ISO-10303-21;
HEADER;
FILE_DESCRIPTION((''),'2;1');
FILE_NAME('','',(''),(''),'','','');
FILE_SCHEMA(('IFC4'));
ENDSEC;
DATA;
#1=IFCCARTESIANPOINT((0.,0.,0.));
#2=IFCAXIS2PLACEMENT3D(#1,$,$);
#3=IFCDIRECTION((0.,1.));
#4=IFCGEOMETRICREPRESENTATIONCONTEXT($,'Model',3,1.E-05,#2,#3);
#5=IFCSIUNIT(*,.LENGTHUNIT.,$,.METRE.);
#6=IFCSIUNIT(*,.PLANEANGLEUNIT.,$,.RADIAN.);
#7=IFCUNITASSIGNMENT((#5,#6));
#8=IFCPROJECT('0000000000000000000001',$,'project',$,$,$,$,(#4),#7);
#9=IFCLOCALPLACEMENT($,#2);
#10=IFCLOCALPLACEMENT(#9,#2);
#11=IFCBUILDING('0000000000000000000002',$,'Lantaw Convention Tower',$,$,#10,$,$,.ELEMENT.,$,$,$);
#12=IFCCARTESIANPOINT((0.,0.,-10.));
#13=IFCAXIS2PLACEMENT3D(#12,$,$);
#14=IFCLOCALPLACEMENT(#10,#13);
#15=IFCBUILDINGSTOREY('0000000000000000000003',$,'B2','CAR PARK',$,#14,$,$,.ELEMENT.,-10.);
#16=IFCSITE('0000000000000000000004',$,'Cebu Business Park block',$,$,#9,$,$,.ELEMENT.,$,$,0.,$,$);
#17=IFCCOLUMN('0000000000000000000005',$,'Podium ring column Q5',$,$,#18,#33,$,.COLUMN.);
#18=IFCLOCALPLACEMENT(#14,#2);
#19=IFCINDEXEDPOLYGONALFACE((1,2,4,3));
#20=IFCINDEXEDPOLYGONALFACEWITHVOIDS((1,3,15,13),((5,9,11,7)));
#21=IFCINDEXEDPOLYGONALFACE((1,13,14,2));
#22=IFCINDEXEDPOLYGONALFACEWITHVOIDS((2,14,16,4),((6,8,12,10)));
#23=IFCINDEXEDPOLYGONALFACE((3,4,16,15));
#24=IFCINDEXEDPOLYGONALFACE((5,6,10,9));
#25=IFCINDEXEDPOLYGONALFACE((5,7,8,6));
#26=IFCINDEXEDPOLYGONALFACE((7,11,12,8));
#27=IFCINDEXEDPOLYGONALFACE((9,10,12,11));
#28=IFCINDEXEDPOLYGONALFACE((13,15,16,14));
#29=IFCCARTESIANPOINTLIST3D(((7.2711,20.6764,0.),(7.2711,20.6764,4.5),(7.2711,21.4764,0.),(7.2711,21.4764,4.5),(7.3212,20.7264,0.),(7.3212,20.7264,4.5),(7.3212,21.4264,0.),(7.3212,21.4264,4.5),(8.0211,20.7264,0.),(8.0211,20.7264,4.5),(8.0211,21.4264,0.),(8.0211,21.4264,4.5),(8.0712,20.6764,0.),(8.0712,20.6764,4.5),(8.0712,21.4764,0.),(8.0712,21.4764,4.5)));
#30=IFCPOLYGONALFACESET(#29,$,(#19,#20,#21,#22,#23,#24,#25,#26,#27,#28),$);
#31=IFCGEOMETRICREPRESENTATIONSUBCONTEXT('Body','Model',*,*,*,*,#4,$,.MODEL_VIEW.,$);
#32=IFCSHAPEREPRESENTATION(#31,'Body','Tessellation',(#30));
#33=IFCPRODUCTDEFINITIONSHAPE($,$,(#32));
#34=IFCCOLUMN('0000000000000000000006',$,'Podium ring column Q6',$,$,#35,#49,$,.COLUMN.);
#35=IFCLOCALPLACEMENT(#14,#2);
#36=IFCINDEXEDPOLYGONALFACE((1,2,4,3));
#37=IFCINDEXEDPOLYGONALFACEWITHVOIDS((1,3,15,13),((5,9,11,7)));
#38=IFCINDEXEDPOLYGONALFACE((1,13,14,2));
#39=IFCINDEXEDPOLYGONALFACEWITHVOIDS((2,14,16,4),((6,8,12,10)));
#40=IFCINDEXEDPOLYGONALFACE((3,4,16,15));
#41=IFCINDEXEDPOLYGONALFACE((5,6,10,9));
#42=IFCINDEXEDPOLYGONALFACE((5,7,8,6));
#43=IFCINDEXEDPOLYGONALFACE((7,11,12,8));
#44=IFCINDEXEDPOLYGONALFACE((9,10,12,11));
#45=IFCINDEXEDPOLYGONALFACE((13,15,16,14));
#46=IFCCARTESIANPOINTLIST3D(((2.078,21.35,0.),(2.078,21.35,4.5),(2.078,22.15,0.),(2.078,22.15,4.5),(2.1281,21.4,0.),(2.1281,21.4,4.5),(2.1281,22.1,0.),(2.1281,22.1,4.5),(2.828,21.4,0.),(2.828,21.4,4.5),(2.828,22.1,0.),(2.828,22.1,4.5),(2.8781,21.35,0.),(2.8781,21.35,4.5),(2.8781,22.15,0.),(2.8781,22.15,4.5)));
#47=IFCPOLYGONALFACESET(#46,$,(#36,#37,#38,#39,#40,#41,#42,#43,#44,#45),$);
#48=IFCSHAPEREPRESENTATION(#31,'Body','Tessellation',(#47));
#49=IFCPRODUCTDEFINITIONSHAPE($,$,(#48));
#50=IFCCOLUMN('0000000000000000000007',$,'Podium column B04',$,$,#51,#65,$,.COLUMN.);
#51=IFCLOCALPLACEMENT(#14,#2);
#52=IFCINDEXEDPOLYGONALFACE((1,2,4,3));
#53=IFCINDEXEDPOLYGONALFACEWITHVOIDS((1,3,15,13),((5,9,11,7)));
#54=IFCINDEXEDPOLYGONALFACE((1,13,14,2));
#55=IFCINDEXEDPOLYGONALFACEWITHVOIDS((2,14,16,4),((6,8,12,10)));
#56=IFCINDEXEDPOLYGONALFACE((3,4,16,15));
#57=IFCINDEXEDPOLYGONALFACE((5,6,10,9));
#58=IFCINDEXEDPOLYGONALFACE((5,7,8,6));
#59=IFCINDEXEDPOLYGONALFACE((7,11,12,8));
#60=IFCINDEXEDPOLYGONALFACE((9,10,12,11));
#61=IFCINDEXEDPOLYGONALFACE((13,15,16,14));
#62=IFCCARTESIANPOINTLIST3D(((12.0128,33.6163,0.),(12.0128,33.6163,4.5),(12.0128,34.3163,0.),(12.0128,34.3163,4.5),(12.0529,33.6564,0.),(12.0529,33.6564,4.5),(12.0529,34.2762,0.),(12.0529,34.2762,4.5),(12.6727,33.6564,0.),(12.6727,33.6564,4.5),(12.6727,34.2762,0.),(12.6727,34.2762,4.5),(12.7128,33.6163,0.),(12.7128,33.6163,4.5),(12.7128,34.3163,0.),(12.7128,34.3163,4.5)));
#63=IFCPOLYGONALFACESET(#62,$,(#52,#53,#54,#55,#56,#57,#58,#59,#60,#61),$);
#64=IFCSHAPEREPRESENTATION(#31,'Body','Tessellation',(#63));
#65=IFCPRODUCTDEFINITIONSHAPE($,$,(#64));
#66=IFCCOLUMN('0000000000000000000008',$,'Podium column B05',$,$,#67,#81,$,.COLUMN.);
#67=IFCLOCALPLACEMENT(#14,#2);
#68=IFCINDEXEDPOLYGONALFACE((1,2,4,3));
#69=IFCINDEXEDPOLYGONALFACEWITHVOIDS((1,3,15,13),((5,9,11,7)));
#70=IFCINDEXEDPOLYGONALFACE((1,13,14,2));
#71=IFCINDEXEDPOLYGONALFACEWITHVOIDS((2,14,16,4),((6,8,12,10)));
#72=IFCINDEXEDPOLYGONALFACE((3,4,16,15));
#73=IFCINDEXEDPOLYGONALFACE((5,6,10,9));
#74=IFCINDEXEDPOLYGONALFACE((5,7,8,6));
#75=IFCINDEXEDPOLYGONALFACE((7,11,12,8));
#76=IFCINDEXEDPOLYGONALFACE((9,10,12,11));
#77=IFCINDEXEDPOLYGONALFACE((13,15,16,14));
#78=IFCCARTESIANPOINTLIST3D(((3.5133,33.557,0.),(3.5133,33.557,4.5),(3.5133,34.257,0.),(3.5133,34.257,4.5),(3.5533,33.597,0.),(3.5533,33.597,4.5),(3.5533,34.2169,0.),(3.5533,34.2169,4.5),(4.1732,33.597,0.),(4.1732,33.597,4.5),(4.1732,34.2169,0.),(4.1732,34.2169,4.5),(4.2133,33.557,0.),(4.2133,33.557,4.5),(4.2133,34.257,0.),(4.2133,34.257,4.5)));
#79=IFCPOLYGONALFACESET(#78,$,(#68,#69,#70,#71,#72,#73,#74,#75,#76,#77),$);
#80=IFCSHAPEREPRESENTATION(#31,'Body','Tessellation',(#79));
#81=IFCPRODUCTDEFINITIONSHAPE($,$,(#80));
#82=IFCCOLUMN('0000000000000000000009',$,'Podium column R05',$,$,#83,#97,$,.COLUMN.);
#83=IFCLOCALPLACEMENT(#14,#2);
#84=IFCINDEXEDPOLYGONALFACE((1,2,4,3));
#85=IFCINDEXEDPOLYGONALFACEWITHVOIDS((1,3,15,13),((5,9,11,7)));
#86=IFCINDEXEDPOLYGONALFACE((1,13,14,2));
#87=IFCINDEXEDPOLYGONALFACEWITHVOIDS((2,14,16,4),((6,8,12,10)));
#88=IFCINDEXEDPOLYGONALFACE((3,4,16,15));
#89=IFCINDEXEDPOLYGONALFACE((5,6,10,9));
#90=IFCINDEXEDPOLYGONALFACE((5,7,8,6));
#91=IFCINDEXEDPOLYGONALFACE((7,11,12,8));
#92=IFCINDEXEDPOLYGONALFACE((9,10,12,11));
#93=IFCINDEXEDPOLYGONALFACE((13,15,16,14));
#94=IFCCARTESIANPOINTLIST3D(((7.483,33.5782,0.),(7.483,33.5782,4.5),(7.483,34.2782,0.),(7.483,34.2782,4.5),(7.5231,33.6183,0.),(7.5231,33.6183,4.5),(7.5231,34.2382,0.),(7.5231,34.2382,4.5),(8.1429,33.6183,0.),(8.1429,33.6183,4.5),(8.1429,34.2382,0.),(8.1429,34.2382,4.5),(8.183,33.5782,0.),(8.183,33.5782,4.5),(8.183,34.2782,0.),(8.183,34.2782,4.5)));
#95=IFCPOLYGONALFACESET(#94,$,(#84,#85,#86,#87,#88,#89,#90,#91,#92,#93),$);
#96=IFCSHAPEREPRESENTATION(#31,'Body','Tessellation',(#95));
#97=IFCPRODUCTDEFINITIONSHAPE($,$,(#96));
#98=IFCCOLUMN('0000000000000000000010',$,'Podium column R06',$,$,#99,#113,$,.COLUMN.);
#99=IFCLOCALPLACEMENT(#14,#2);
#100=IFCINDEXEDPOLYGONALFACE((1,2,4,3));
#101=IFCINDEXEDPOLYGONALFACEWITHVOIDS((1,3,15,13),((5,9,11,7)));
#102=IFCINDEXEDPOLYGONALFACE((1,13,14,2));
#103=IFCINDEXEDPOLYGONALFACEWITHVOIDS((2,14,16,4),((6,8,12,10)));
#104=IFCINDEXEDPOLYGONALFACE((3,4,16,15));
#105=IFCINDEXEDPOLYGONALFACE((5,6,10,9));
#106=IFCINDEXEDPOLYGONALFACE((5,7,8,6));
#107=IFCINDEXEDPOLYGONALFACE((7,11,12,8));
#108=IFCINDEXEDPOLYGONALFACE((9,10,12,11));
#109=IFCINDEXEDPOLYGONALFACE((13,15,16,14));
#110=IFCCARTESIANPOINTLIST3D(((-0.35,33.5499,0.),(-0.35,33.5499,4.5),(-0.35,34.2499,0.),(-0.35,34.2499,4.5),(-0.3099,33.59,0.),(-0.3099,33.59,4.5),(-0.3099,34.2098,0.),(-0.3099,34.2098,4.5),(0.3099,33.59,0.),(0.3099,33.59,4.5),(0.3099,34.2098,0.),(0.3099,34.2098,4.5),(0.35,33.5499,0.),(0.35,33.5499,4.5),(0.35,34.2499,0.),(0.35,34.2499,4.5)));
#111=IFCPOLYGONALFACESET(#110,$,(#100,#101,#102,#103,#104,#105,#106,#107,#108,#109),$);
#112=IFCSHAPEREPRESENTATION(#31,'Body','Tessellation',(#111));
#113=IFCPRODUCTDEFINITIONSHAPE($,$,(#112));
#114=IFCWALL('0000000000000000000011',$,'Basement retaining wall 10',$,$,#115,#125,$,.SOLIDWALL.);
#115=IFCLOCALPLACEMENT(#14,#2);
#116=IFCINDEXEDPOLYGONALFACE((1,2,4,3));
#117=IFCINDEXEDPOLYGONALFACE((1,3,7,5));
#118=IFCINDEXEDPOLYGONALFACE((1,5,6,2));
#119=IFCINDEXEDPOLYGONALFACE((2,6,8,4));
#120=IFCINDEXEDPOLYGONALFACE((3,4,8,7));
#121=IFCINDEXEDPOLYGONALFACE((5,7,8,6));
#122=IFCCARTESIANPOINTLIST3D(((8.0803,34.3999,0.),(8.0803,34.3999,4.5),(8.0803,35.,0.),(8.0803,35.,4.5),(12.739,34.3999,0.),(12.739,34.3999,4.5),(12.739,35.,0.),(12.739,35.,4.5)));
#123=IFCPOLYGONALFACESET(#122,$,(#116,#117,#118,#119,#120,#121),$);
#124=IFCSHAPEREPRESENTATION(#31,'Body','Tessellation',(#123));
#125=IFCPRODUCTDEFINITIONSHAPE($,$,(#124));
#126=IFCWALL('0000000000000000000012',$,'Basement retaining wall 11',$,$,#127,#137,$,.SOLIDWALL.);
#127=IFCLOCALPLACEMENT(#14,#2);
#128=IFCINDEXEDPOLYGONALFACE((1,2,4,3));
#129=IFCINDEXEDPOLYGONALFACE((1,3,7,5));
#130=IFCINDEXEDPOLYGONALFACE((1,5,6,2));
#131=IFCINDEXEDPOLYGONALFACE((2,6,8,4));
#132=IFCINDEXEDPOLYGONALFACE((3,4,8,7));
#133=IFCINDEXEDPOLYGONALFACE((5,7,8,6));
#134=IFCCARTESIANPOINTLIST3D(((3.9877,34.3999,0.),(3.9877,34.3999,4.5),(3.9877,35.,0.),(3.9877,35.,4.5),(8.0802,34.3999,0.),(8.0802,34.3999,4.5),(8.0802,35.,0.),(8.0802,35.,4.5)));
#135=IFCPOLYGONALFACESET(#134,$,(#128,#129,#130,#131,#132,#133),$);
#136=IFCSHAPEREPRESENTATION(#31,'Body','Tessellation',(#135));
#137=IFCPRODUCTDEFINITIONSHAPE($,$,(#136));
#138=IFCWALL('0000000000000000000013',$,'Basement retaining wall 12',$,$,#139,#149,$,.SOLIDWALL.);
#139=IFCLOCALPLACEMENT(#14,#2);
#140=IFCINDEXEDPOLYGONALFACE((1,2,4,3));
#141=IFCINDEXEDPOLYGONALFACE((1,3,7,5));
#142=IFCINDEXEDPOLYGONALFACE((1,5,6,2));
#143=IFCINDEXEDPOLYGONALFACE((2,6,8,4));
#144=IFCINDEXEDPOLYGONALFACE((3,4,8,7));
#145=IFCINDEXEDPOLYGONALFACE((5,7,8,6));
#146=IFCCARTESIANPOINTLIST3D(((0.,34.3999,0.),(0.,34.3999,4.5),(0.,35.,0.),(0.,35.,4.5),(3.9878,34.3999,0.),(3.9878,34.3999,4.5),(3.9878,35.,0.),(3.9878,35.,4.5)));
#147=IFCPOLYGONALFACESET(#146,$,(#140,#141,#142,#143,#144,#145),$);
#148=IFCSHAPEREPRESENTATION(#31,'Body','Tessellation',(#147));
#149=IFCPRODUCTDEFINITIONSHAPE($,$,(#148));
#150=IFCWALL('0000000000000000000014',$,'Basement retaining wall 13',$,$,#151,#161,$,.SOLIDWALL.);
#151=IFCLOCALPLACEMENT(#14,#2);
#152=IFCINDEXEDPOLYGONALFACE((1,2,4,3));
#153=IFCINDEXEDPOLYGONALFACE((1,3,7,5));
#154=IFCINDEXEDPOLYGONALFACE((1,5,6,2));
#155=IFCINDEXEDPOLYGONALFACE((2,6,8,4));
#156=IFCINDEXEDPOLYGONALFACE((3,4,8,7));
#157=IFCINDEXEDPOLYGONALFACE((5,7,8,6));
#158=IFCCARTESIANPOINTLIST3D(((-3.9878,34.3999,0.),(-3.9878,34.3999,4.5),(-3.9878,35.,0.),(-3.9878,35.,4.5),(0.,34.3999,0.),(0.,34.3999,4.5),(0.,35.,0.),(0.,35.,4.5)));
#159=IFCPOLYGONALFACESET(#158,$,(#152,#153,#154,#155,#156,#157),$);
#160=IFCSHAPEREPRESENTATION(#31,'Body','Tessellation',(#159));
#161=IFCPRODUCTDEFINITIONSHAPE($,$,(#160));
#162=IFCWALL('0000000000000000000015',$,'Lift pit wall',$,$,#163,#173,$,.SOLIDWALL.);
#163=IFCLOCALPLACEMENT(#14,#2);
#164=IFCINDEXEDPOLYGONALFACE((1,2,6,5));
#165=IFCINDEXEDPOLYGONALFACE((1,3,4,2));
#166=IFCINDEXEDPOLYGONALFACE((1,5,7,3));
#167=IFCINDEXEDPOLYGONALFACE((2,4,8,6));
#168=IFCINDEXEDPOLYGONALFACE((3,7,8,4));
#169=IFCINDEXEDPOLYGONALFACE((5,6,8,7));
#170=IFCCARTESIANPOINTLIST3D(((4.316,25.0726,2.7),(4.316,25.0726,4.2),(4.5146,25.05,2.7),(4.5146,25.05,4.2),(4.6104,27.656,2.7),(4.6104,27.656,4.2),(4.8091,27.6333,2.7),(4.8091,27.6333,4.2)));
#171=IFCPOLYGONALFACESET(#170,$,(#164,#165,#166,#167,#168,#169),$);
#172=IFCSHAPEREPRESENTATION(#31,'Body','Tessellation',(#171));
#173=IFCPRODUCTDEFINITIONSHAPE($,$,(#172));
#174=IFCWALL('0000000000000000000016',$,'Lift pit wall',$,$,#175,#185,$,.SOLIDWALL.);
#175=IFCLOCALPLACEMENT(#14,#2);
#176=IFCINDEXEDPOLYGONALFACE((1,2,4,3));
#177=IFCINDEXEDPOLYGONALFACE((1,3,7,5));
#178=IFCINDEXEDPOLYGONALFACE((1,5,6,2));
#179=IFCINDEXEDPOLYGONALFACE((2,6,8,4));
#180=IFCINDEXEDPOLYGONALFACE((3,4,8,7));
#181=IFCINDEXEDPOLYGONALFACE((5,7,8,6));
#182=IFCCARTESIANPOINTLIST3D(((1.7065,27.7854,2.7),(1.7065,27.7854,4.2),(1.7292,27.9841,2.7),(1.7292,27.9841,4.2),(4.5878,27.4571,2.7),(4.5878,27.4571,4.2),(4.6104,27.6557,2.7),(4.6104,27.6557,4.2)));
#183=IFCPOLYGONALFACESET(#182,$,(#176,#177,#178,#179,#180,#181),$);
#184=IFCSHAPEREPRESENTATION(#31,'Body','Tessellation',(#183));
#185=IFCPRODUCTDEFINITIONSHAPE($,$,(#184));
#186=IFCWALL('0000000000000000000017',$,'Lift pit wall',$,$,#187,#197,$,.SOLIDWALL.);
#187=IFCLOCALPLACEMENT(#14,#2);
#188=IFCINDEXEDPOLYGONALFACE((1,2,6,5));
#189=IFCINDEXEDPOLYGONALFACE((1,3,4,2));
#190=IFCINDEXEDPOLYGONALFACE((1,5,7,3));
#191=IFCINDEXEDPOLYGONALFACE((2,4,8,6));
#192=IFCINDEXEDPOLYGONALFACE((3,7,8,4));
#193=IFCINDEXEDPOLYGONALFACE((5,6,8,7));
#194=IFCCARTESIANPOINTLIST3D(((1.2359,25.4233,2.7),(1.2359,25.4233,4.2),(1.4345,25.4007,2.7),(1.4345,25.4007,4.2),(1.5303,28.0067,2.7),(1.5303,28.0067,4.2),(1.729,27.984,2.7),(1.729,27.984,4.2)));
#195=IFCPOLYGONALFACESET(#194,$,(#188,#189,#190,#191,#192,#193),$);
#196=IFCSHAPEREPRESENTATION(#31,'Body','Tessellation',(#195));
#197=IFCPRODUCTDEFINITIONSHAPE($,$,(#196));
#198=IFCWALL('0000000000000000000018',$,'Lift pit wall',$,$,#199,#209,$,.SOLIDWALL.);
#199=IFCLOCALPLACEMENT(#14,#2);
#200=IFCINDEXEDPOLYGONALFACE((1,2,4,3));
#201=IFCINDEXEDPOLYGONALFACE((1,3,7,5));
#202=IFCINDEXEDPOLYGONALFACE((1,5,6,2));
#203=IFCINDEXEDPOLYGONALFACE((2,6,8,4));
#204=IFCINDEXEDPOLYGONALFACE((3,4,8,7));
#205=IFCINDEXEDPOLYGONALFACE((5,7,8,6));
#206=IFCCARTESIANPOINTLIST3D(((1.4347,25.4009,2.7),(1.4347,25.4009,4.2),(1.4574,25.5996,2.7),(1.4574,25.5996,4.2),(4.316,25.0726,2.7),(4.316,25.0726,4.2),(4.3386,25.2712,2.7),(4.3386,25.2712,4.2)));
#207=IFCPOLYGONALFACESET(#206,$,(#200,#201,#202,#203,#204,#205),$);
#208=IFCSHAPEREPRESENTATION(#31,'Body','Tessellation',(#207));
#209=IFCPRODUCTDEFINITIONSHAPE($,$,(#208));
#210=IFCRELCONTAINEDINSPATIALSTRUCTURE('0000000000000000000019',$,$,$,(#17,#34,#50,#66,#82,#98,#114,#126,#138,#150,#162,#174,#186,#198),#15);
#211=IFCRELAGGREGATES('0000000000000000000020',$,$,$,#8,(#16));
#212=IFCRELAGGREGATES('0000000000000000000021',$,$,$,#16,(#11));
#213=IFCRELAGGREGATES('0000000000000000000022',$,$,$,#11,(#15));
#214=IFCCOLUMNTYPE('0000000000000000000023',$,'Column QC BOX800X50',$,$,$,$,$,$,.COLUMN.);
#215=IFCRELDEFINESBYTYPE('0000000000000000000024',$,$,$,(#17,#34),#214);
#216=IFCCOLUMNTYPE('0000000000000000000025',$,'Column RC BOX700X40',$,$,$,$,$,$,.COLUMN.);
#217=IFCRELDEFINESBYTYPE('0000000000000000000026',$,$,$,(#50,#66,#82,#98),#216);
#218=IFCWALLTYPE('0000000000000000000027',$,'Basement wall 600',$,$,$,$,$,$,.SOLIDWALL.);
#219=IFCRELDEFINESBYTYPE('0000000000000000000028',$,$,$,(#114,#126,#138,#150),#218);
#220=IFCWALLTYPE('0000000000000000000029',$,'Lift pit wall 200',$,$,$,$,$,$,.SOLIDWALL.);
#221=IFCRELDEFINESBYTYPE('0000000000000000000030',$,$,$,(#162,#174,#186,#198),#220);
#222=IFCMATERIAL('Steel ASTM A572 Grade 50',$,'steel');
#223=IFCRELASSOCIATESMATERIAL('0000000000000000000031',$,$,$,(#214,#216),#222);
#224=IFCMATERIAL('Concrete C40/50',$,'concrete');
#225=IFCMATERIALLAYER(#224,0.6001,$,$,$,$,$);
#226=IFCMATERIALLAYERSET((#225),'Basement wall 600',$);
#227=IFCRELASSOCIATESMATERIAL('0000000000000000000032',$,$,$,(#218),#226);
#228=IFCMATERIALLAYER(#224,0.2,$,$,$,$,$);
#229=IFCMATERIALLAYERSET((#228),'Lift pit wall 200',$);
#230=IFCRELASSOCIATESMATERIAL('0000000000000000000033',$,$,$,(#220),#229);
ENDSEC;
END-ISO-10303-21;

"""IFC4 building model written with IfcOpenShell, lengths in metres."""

from ifc_helpers import new_model, si_unit, direction, frame, frame_2d, origin, origin_2d, place, context, subcontext, project, spatial, rectangle, hollow_rectangle, extrude, material, layer, layer_set, material_profile, profile_set, type_object, element, save


model = new_model("IFC4")

# Units and contexts
model_context = context("Model", 3, precision=1e-05, world=origin(), true_north=direction((0.0, 1.0)))
body_context = subcontext(model_context, "Body", "Model", "MODEL_VIEW")
ifc_project = project(units=[si_unit("LENGTHUNIT", "METRE"), si_unit("PLANEANGLEUNIT", "RADIAN")], contexts=[model_context])

# Site, building, storey
site_placement = place(None, origin())
site = spatial("IfcSite", under=ifc_project, at=site_placement, Name="Cebu Business Park block", CompositionType="ELEMENT", RefElevation=0.0)
building_placement = place(site_placement, origin())
building = spatial("IfcBuilding", under=site, at=building_placement, Name="Lantaw Convention Tower", CompositionType="ELEMENT")
storey_placement = place(building_placement, frame((0.0, 0.0, -10.0)))
storey = spatial("IfcBuildingStorey", under=building, at=storey_placement, Name="B2", Description="CAR PARK", CompositionType="ELEMENT", Elevation=-10.0)

# Columns
ifc_material_1 = material(Name="Steel ASTM A572 Grade 50", Category="steel")
ifc_material_profile_1 = material_profile(ifc_material_1, hollow_rectangle(XDim=0.8, YDim=0.8, WallThickness=0.05, at=origin_2d()), Name="BOX800X50")
ifc_profile_set_1 = profile_set([ifc_material_profile_1], Name="Steel ASTM A572 Grade 50")
column_type_1 = type_object("IfcColumnType", Name="Column QC BOX800X50", PredefinedType="COLUMN", material=ifc_profile_set_1)
for number, where, z_axis, x_axis, name in (
    (1, (7.6711, 21.0764, 0.0), (0.0, 0.0, 1.0), (1.0, 0.0, 0.0), "Podium ring column Q5"),
    (2, (2.478, 21.75, 0.0), (0.0, 0.0, 1.0), (1.0, 0.0, 0.0), "Podium ring column Q6"),
):
    element("IfcColumn", number, at=place(storey_placement, frame(where, z_axis=z_axis, x_axis=x_axis)), inside=storey, type_object=column_type_1, Name=name, PredefinedType="COLUMN", context=body_context, shape_type="SweptSolid", body=[
        extrude(hollow_rectangle(XDim=0.8, YDim=0.8, WallThickness=0.05, at=origin_2d()), origin(), (0.0, 0.0, 1.0), 4.5),
    ])
ifc_material_profile_2 = material_profile(ifc_material_1, hollow_rectangle(XDim=0.7, YDim=0.7, WallThickness=0.04, at=origin_2d()), Name="BOX700X40")
ifc_profile_set_2 = profile_set([ifc_material_profile_2], Name="Steel ASTM A572 Grade 50")
column_type_2 = type_object("IfcColumnType", Name="Column RC BOX700X40", PredefinedType="COLUMN", material=ifc_profile_set_2)
for number, where, z_axis, x_axis, name in (
    (3, (12.3628, 33.9663, 0.0), (0.0, 0.0, 1.0), (1.0, 0.0, 0.0), "Podium column B04"),
    (4, (3.8633, 33.907, 0.0), (0.0, 0.0, 1.0), (1.0, 0.0, 0.0), "Podium column B05"),
    (5, (7.833, 33.9282, 0.0), (0.0, 0.0, 1.0), (1.0, 0.0, 0.0), "Podium column R05"),
    (6, (0.0, 33.8999, 0.0), (0.0, 0.0, 1.0), (1.0, 0.0, 0.0), "Podium column R06"),
):
    element("IfcColumn", number, at=place(storey_placement, frame(where, z_axis=z_axis, x_axis=x_axis)), inside=storey, type_object=column_type_2, Name=name, PredefinedType="COLUMN", context=body_context, shape_type="SweptSolid", body=[
        extrude(hollow_rectangle(XDim=0.7, YDim=0.7, WallThickness=0.04, at=origin_2d()), origin(), (0.0, 0.0, 1.0), 4.5),
    ])

# Walls
ifc_material_2 = material(Name="Concrete C40/50", Category="concrete")
ifc_layer_1 = layer(ifc_material_2, 0.6001)
ifc_layer_set_1 = layer_set([ifc_layer_1], Name="Basement wall 600")
wall_type_1 = type_object("IfcWallType", Name="Basement wall 600", PredefinedType="SOLIDWALL", material=ifc_layer_set_1)
wall_1_placement = place(storey_placement, frame((12.739, 34.7, 0.0), z_axis=(0.0, 0.0, 1.0), x_axis=(-1.0, 0.0, 0.0)))
element("IfcWall", 7, at=wall_1_placement, inside=storey, type_object=wall_type_1, Name="Basement retaining wall 10", PredefinedType="SOLIDWALL", context=body_context, shape_type="SweptSolid", body=[
    extrude(rectangle(XDim=4.6587, YDim=0.6001, at=frame_2d((2.3293, 0.0))), origin(), (0.0, 0.0, 1.0), 4.5),
])
wall_2_placement = place(storey_placement, frame((8.0803, 34.7, 0.0), z_axis=(0.0, 0.0, 1.0), x_axis=(-1.0, 0.0, 0.0)))
element("IfcWall", 8, at=wall_2_placement, inside=storey, type_object=wall_type_1, Name="Basement retaining wall 11", PredefinedType="SOLIDWALL", context=body_context, shape_type="SweptSolid", body=[
    extrude(rectangle(XDim=4.0925, YDim=0.6001, at=frame_2d((2.0464, 0.0))), origin(), (0.0, 0.0, 1.0), 4.5),
])
for number, where, z_axis, x_axis, name in (
    (9, (3.9878, 34.7, 0.0), (0.0, 0.0, 1.0), (-1.0, 0.0, 0.0), "Basement retaining wall 12"),
    (10, (0.0, 34.7, 0.0), (0.0, 0.0, 1.0), (-1.0, 0.0, 0.0), "Basement retaining wall 13"),
):
    element("IfcWall", number, at=place(storey_placement, frame(where, z_axis=z_axis, x_axis=x_axis)), inside=storey, type_object=wall_type_1, Name=name, PredefinedType="SOLIDWALL", context=body_context, shape_type="SweptSolid", body=[
        extrude(rectangle(XDim=3.9878, YDim=0.6001, at=frame_2d((1.9939, 0.0))), origin(), (0.0, 0.0, 1.0), 4.5),
    ])
ifc_layer_2 = layer(ifc_material_2, 0.2)
ifc_layer_set_2 = layer_set([ifc_layer_2], Name="Lift pit wall 200")
wall_type_2 = type_object("IfcWallType", Name="Lift pit wall 200", PredefinedType="SOLIDWALL", material=ifc_layer_set_2)
wall_3_placement = place(storey_placement, frame((4.4153, 25.0613, 2.7), z_axis=(0.0, 0.0, 1.0), x_axis=(0.113245, 0.993567, 0.0)))
element("IfcWall", 11, at=wall_3_placement, inside=storey, type_object=wall_type_2, Name="Lift pit wall", PredefinedType="SOLIDWALL", context=body_context, shape_type="SweptSolid", body=[
    extrude(rectangle(XDim=2.6001, YDim=0.2, at=frame_2d((1.3, 0.0))), origin(), (0.0, 0.0, 1.0), 1.5),
])
wall_4_placement = place(storey_placement, frame((4.5991, 27.5564, 2.7), z_axis=(0.0, 0.0, 1.0), x_axis=(-0.993569, 0.113231, 0.0)))
element("IfcWall", 12, at=wall_4_placement, inside=storey, type_object=wall_type_2, Name="Lift pit wall", PredefinedType="SOLIDWALL", context=body_context, shape_type="SweptSolid", body=[
    extrude(rectangle(XDim=2.8999, YDim=0.2, at=frame_2d((1.45, 0.0))), origin(), (0.0, 0.0, 1.0), 1.5),
])
wall_5_placement = place(storey_placement, frame((1.6296, 27.9954, 2.7), z_axis=(0.0, 0.0, 1.0), x_axis=(-0.113245, -0.993567, 0.0)))
element("IfcWall", 13, at=wall_5_placement, inside=storey, type_object=wall_type_2, Name="Lift pit wall", PredefinedType="SOLIDWALL", context=body_context, shape_type="SweptSolid", body=[
    extrude(rectangle(XDim=2.6001, YDim=0.2, at=frame_2d((1.3, 0.0))), origin(), (0.0, 0.0, 1.0), 1.5),
])
wall_6_placement = place(storey_placement, frame((1.446, 25.5002, 2.7), z_axis=(0.0, 0.0, 1.0), x_axis=(0.993569, -0.113231, 0.0)))
element("IfcWall", 14, at=wall_6_placement, inside=storey, type_object=wall_type_2, Name="Lift pit wall", PredefinedType="SOLIDWALL", context=body_context, shape_type="SweptSolid", body=[
    extrude(rectangle(XDim=2.8999, YDim=0.2, at=frame_2d((1.45, 0.0))), origin(), (0.0, 0.0, 1.0), 1.5),
])

save(model, "model.ifc")
